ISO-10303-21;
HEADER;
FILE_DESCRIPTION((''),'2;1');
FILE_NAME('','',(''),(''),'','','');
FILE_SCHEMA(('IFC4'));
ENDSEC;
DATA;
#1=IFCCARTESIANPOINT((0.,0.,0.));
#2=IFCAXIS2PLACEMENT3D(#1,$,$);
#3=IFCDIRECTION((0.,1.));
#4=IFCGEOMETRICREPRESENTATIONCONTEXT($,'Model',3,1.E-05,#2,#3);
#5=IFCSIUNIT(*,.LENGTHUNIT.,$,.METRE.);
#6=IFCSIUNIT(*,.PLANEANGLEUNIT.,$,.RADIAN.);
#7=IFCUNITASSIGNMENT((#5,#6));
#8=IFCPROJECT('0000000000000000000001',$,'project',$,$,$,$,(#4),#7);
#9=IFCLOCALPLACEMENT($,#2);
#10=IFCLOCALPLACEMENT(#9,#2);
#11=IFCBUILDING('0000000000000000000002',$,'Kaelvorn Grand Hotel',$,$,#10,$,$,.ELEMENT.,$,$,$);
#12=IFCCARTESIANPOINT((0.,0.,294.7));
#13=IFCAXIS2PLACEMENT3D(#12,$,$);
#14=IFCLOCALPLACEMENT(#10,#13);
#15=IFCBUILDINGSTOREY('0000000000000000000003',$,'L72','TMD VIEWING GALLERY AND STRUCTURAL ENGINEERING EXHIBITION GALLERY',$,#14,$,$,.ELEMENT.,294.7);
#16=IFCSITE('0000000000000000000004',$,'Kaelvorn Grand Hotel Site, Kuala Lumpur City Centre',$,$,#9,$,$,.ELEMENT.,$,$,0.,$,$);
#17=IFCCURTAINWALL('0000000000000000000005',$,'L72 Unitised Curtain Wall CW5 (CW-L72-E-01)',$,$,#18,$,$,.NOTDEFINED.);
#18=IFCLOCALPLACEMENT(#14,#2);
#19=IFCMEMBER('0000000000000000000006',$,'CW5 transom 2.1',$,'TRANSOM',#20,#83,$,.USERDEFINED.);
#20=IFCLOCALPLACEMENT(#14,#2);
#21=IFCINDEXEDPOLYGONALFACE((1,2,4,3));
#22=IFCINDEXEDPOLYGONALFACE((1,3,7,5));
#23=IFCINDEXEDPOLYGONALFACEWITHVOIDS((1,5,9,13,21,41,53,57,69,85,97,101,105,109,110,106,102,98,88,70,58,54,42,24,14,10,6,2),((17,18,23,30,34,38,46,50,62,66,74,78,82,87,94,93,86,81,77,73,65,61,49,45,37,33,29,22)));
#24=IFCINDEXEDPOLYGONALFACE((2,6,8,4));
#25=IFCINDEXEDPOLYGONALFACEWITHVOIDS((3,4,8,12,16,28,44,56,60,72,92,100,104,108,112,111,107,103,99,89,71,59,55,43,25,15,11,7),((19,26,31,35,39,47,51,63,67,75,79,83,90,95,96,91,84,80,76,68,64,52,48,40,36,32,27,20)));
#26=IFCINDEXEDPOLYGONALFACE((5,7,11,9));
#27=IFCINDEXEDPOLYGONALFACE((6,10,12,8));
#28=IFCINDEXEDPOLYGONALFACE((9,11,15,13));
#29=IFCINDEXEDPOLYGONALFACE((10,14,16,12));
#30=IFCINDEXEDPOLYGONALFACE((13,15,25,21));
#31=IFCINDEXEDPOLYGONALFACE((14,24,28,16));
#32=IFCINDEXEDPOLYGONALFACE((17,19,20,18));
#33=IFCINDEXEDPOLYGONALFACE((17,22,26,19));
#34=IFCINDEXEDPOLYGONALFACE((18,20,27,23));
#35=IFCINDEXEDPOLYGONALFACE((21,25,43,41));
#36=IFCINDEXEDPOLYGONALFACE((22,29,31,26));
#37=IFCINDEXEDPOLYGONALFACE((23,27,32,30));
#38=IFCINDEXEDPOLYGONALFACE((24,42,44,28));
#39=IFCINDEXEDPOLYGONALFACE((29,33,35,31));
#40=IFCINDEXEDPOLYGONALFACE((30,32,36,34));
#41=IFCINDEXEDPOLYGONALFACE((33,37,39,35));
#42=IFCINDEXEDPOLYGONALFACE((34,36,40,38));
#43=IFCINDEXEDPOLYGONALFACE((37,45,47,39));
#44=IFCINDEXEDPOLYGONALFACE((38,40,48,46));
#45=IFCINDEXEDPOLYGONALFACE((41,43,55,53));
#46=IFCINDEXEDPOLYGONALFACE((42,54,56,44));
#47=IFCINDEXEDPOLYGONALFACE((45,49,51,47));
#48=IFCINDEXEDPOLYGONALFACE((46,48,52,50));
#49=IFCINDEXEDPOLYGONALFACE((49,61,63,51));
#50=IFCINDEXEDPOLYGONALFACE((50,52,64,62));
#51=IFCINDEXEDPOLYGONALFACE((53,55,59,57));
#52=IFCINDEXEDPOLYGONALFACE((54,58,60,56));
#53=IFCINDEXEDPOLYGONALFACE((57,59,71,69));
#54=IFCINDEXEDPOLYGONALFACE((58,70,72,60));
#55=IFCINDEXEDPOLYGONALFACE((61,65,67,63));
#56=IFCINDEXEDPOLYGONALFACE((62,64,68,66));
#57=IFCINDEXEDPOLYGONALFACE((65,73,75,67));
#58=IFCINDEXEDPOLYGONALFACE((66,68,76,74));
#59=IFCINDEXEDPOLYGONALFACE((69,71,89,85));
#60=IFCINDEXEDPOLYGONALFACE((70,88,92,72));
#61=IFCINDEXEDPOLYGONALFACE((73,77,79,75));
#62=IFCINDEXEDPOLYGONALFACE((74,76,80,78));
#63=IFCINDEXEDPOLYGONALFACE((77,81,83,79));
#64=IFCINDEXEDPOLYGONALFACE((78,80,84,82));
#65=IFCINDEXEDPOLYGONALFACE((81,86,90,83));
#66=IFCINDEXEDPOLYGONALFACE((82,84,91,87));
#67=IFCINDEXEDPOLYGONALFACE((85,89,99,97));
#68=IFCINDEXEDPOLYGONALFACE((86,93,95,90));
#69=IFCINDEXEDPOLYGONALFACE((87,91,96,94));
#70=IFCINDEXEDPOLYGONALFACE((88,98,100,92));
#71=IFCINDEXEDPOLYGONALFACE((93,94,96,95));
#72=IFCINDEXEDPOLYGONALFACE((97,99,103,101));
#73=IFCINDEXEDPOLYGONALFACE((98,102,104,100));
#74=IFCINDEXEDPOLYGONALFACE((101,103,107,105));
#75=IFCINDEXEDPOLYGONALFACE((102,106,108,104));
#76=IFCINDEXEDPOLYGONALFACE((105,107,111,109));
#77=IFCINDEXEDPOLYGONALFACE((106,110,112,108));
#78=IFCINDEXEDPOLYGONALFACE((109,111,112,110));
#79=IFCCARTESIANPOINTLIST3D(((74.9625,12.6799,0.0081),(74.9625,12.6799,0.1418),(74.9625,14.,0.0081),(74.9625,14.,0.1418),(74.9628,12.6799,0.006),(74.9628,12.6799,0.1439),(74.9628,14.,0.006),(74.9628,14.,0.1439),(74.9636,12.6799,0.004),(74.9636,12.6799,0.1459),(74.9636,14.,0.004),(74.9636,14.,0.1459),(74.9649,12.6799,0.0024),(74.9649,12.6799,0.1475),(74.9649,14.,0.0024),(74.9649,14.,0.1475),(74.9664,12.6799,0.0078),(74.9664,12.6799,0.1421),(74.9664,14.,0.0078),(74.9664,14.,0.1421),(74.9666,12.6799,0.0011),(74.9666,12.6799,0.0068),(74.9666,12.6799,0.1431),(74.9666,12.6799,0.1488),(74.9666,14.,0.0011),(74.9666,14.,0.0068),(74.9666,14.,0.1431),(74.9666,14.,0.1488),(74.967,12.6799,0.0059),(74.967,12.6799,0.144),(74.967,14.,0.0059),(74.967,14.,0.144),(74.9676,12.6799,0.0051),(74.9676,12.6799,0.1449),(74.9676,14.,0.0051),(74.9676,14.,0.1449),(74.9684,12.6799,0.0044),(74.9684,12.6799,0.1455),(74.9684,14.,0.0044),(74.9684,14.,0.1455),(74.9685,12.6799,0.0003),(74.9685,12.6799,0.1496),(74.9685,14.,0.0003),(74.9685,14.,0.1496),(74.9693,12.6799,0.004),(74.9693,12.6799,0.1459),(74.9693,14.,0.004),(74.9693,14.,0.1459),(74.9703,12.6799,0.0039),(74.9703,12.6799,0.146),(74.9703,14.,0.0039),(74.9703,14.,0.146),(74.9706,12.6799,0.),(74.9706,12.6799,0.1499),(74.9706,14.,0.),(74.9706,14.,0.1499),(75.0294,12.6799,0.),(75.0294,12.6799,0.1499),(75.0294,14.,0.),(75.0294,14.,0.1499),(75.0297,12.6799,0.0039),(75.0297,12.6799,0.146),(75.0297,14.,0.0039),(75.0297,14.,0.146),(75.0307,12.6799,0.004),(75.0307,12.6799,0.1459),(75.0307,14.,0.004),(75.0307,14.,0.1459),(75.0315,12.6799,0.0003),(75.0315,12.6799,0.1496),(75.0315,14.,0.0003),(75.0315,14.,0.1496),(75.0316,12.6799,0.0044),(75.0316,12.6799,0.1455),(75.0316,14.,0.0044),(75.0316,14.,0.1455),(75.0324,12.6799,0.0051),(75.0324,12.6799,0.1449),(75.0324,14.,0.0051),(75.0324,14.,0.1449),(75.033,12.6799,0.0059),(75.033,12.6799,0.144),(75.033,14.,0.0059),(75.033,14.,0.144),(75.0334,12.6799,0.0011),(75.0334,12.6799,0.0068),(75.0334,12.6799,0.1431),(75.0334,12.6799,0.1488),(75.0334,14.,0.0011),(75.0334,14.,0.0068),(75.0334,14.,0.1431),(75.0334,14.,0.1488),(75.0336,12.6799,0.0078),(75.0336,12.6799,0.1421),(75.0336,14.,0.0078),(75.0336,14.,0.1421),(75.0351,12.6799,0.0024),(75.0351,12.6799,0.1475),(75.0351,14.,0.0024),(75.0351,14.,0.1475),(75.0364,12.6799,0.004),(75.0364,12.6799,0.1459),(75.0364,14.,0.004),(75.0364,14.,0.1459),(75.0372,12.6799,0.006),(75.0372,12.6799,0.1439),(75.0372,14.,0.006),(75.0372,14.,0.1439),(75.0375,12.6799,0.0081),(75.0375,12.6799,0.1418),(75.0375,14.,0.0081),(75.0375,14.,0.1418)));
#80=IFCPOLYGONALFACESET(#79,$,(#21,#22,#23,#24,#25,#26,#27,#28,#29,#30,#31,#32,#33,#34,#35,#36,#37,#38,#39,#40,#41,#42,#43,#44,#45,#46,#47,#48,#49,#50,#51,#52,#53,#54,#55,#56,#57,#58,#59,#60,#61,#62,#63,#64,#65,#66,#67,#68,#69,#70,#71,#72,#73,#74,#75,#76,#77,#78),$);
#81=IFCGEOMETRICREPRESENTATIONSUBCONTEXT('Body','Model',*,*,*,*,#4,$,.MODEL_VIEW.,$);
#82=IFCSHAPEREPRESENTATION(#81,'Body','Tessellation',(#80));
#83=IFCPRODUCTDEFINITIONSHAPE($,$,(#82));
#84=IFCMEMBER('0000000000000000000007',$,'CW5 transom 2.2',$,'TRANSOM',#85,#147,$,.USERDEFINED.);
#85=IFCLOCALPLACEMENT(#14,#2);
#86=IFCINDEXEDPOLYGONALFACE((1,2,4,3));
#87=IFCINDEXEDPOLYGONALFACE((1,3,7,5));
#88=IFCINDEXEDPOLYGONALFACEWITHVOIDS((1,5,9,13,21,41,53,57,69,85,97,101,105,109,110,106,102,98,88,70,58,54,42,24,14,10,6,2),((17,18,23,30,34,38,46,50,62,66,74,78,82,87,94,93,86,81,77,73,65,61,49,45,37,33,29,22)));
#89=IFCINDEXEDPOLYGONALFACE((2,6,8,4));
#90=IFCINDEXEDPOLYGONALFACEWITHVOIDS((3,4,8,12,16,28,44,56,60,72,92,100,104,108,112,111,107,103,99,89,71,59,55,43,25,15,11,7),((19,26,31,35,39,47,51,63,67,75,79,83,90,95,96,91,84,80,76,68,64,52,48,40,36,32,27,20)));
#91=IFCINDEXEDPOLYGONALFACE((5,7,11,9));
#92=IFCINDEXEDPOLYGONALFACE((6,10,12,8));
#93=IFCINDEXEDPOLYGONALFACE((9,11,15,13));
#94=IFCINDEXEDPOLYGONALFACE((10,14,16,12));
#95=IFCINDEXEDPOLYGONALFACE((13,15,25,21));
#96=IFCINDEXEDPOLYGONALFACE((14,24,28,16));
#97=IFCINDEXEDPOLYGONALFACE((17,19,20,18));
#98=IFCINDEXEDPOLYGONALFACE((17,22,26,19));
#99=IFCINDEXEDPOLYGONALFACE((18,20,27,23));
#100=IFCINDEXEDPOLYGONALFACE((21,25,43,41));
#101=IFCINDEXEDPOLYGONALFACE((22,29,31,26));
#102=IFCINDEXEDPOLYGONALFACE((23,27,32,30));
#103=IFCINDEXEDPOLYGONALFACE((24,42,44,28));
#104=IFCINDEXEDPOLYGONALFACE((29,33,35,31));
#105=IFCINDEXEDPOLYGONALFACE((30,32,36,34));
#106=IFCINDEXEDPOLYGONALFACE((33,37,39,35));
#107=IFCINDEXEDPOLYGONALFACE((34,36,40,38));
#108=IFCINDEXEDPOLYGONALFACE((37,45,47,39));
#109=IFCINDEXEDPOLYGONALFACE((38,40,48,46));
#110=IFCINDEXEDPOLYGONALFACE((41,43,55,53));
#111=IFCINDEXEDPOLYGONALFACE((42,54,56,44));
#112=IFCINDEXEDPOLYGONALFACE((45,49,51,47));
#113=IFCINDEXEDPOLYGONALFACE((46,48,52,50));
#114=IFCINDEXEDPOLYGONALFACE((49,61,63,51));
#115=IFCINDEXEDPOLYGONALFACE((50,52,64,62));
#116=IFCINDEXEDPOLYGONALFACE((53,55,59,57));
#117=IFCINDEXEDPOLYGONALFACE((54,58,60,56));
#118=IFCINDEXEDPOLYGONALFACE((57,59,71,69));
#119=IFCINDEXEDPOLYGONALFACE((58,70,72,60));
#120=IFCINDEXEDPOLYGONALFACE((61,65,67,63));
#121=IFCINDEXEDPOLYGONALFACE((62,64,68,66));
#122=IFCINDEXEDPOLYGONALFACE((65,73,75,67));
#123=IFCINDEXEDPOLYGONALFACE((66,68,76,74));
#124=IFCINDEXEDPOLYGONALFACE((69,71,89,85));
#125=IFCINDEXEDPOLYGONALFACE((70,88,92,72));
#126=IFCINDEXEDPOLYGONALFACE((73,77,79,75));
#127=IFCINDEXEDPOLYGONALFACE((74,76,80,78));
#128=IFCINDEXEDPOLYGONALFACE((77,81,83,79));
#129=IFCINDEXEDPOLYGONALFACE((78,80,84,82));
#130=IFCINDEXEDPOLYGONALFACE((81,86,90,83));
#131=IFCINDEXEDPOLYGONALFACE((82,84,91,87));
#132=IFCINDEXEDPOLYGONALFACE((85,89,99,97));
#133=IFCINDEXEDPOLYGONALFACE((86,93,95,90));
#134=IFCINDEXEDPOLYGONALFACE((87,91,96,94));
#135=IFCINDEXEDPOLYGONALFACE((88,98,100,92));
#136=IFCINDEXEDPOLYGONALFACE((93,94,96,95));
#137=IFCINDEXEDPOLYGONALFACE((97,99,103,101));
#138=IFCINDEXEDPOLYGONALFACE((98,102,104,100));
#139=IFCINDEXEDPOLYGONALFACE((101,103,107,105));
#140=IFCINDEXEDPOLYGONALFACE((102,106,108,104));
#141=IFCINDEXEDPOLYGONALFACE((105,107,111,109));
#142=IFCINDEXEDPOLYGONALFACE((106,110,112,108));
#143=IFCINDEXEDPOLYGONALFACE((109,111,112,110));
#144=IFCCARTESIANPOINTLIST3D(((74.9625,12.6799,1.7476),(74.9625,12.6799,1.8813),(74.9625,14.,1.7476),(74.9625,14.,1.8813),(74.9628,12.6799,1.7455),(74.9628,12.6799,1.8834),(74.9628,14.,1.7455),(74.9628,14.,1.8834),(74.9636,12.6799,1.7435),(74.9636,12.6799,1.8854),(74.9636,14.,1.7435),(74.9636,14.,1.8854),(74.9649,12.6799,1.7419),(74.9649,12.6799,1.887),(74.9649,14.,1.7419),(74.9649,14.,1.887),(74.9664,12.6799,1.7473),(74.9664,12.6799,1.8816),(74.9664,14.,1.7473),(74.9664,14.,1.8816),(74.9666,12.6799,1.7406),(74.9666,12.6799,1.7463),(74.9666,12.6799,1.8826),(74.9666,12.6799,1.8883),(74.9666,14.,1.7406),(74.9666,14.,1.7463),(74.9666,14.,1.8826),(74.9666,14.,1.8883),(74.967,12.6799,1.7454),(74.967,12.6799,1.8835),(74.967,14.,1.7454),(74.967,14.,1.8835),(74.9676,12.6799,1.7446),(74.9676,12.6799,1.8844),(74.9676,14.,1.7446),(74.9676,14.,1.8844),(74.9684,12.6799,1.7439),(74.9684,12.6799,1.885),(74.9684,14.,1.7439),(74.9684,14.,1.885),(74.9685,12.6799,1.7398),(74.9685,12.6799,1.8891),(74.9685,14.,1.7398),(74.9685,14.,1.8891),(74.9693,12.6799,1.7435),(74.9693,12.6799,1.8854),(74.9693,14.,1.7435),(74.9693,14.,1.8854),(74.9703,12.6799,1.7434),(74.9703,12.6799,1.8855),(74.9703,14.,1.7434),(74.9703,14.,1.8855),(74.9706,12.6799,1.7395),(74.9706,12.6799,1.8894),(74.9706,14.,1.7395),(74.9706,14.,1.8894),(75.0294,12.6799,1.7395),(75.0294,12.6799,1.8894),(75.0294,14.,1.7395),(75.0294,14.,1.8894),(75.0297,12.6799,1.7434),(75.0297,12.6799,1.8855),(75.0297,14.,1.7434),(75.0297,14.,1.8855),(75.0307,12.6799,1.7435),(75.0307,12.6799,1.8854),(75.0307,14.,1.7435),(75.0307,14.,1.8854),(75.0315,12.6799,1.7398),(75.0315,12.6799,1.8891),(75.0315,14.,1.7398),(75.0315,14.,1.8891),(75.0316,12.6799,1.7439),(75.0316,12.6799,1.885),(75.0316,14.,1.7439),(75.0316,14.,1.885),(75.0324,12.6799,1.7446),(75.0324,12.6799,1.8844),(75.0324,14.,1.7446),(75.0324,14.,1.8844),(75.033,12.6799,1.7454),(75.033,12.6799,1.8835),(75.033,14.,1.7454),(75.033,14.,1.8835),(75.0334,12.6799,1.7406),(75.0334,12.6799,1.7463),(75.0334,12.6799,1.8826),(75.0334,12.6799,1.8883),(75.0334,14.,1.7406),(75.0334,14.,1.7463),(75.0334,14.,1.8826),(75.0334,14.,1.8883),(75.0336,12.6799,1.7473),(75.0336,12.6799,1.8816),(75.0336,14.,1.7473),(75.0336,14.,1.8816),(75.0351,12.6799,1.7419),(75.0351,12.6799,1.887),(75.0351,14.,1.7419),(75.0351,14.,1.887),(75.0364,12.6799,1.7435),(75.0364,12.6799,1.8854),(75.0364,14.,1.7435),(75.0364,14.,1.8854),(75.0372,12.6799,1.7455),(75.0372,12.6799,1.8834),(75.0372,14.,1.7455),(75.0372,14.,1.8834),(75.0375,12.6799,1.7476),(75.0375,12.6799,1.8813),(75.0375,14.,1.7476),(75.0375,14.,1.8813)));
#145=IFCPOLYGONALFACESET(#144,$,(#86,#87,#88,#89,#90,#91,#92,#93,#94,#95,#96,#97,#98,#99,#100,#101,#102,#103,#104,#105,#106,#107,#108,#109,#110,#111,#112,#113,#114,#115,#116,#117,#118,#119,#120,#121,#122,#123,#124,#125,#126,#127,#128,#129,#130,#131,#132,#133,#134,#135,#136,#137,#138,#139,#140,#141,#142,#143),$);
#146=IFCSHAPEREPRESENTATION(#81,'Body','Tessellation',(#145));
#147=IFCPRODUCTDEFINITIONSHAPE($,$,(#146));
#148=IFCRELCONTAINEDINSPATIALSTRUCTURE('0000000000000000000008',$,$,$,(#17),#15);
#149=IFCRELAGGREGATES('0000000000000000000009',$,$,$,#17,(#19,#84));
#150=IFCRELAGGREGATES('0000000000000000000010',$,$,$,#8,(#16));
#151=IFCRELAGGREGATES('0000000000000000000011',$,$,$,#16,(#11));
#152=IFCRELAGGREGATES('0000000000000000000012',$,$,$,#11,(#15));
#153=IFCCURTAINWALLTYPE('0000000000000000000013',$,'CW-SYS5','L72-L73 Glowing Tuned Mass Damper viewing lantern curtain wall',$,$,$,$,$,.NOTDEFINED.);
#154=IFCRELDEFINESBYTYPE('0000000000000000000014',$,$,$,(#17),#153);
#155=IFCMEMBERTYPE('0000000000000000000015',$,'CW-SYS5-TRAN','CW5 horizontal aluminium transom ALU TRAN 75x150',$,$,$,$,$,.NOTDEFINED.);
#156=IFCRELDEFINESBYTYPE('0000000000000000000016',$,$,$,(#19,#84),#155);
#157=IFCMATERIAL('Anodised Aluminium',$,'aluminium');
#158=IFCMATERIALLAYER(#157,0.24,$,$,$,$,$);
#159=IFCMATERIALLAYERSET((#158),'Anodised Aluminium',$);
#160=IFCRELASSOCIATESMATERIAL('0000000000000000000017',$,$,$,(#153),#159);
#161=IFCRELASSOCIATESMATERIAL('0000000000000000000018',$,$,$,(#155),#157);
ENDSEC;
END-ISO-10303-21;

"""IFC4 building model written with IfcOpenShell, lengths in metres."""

from ifc_helpers import new_model, si_unit, direction, frame, origin, origin_2d, place, context, subcontext, project, spatial, hollow_rectangle, extrude, material, layer, layer_set, material_profile, profile_set, type_object, element, aggregate, save


model = new_model("IFC4")

# Units and contexts
model_context = context("Model", 3, precision=1e-05, world=origin(), true_north=direction((0.0, 1.0)))
body_context = subcontext(model_context, "Body", "Model", "MODEL_VIEW")
ifc_project = project(units=[si_unit("LENGTHUNIT", "METRE"), si_unit("PLANEANGLEUNIT", "RADIAN")], contexts=[model_context])

# Site, building, storey
site_placement = place(None, origin())
site = spatial("IfcSite", under=ifc_project, at=site_placement, Name="Kaelvorn Grand Hotel Site, Kuala Lumpur City Centre", CompositionType="ELEMENT", RefElevation=0.0)
building_placement = place(site_placement, origin())
building = spatial("IfcBuilding", under=site, at=building_placement, Name="Kaelvorn Grand Hotel", CompositionType="ELEMENT")
storey_placement = place(building_placement, frame((0.0, 0.0, 294.7)))
storey = spatial("IfcBuildingStorey", under=building, at=storey_placement, Name="L72", Description="TMD VIEWING GALLERY AND STRUCTURAL ENGINEERING EXHIBITION GALLERY", CompositionType="ELEMENT", Elevation=294.7)

# Curtain wall
ifc_material_1 = material(Name="Anodised Aluminium", Category="aluminium")
ifc_layer_1 = layer(ifc_material_1, 0.24)
ifc_layer_set_1 = layer_set([ifc_layer_1], Name="Anodised Aluminium")
curtain_wall_type = type_object("IfcCurtainWallType", Name="CW-SYS5", Description="L72-L73 Glowing Tuned Mass Damper viewing lantern curtain wall", PredefinedType="NOTDEFINED", material=ifc_layer_set_1)
curtain_wall_1_placement = place(storey_placement, origin())
curtain_wall_1 = element("IfcCurtainWall", 1, at=curtain_wall_1_placement, inside=storey, type_object=curtain_wall_type, Name="L72 Unitised Curtain Wall CW5 (CW-L72-E-01)", PredefinedType="NOTDEFINED")

# Members
ifc_material_profile_1 = material_profile(ifc_material_1, hollow_rectangle(XDim=0.075, YDim=0.1499, WallThickness=0.0039, InnerFilletRadius=0.0039, OuterFilletRadius=0.0081, at=origin_2d()), Name="ALU TRAN 75x150")
ifc_profile_set_1 = profile_set([ifc_material_profile_1], Name="Anodised Aluminium")
member_type_1 = type_object("IfcMemberType", Name="CW-SYS5-TRAN", Description="CW5 horizontal aluminium transom ALU TRAN 75x150", PredefinedType="NOTDEFINED", material=ifc_profile_set_1)
member_1_placement = place(storey_placement, frame((75.0, 12.6799, 0.075), z_axis=(0.0, 1.0, 0.0), x_axis=(-1.0, 0.0, 0.0)))
member_1 = element("IfcMember", 2, at=member_1_placement, type_object=member_type_1, Name="CW5 transom 2.1", ObjectType="TRANSOM", PredefinedType="USERDEFINED", context=body_context, shape_type="SweptSolid", body=[
    extrude(hollow_rectangle(XDim=0.075, YDim=0.1499, WallThickness=0.0039, InnerFilletRadius=0.0039, OuterFilletRadius=0.0081, at=origin_2d()), origin(), (0.0, 0.0, 1.0), 1.3201),
])
member_2_placement = place(storey_placement, frame((75.0, 12.6799, 1.8145), z_axis=(0.0, 1.0, 0.0), x_axis=(-1.0, 0.0, 0.0)))
member_2 = element("IfcMember", 3, at=member_2_placement, type_object=member_type_1, Name="CW5 transom 2.2", ObjectType="TRANSOM", PredefinedType="USERDEFINED", context=body_context, shape_type="SweptSolid", body=[
    extrude(hollow_rectangle(XDim=0.075, YDim=0.1499, WallThickness=0.0039, InnerFilletRadius=0.0039, OuterFilletRadius=0.0081, at=origin_2d()), origin(), (0.0, 0.0, 1.0), 1.3201),
])

aggregate(curtain_wall_1, [member_1, member_2])

save(model, "model.ifc")
